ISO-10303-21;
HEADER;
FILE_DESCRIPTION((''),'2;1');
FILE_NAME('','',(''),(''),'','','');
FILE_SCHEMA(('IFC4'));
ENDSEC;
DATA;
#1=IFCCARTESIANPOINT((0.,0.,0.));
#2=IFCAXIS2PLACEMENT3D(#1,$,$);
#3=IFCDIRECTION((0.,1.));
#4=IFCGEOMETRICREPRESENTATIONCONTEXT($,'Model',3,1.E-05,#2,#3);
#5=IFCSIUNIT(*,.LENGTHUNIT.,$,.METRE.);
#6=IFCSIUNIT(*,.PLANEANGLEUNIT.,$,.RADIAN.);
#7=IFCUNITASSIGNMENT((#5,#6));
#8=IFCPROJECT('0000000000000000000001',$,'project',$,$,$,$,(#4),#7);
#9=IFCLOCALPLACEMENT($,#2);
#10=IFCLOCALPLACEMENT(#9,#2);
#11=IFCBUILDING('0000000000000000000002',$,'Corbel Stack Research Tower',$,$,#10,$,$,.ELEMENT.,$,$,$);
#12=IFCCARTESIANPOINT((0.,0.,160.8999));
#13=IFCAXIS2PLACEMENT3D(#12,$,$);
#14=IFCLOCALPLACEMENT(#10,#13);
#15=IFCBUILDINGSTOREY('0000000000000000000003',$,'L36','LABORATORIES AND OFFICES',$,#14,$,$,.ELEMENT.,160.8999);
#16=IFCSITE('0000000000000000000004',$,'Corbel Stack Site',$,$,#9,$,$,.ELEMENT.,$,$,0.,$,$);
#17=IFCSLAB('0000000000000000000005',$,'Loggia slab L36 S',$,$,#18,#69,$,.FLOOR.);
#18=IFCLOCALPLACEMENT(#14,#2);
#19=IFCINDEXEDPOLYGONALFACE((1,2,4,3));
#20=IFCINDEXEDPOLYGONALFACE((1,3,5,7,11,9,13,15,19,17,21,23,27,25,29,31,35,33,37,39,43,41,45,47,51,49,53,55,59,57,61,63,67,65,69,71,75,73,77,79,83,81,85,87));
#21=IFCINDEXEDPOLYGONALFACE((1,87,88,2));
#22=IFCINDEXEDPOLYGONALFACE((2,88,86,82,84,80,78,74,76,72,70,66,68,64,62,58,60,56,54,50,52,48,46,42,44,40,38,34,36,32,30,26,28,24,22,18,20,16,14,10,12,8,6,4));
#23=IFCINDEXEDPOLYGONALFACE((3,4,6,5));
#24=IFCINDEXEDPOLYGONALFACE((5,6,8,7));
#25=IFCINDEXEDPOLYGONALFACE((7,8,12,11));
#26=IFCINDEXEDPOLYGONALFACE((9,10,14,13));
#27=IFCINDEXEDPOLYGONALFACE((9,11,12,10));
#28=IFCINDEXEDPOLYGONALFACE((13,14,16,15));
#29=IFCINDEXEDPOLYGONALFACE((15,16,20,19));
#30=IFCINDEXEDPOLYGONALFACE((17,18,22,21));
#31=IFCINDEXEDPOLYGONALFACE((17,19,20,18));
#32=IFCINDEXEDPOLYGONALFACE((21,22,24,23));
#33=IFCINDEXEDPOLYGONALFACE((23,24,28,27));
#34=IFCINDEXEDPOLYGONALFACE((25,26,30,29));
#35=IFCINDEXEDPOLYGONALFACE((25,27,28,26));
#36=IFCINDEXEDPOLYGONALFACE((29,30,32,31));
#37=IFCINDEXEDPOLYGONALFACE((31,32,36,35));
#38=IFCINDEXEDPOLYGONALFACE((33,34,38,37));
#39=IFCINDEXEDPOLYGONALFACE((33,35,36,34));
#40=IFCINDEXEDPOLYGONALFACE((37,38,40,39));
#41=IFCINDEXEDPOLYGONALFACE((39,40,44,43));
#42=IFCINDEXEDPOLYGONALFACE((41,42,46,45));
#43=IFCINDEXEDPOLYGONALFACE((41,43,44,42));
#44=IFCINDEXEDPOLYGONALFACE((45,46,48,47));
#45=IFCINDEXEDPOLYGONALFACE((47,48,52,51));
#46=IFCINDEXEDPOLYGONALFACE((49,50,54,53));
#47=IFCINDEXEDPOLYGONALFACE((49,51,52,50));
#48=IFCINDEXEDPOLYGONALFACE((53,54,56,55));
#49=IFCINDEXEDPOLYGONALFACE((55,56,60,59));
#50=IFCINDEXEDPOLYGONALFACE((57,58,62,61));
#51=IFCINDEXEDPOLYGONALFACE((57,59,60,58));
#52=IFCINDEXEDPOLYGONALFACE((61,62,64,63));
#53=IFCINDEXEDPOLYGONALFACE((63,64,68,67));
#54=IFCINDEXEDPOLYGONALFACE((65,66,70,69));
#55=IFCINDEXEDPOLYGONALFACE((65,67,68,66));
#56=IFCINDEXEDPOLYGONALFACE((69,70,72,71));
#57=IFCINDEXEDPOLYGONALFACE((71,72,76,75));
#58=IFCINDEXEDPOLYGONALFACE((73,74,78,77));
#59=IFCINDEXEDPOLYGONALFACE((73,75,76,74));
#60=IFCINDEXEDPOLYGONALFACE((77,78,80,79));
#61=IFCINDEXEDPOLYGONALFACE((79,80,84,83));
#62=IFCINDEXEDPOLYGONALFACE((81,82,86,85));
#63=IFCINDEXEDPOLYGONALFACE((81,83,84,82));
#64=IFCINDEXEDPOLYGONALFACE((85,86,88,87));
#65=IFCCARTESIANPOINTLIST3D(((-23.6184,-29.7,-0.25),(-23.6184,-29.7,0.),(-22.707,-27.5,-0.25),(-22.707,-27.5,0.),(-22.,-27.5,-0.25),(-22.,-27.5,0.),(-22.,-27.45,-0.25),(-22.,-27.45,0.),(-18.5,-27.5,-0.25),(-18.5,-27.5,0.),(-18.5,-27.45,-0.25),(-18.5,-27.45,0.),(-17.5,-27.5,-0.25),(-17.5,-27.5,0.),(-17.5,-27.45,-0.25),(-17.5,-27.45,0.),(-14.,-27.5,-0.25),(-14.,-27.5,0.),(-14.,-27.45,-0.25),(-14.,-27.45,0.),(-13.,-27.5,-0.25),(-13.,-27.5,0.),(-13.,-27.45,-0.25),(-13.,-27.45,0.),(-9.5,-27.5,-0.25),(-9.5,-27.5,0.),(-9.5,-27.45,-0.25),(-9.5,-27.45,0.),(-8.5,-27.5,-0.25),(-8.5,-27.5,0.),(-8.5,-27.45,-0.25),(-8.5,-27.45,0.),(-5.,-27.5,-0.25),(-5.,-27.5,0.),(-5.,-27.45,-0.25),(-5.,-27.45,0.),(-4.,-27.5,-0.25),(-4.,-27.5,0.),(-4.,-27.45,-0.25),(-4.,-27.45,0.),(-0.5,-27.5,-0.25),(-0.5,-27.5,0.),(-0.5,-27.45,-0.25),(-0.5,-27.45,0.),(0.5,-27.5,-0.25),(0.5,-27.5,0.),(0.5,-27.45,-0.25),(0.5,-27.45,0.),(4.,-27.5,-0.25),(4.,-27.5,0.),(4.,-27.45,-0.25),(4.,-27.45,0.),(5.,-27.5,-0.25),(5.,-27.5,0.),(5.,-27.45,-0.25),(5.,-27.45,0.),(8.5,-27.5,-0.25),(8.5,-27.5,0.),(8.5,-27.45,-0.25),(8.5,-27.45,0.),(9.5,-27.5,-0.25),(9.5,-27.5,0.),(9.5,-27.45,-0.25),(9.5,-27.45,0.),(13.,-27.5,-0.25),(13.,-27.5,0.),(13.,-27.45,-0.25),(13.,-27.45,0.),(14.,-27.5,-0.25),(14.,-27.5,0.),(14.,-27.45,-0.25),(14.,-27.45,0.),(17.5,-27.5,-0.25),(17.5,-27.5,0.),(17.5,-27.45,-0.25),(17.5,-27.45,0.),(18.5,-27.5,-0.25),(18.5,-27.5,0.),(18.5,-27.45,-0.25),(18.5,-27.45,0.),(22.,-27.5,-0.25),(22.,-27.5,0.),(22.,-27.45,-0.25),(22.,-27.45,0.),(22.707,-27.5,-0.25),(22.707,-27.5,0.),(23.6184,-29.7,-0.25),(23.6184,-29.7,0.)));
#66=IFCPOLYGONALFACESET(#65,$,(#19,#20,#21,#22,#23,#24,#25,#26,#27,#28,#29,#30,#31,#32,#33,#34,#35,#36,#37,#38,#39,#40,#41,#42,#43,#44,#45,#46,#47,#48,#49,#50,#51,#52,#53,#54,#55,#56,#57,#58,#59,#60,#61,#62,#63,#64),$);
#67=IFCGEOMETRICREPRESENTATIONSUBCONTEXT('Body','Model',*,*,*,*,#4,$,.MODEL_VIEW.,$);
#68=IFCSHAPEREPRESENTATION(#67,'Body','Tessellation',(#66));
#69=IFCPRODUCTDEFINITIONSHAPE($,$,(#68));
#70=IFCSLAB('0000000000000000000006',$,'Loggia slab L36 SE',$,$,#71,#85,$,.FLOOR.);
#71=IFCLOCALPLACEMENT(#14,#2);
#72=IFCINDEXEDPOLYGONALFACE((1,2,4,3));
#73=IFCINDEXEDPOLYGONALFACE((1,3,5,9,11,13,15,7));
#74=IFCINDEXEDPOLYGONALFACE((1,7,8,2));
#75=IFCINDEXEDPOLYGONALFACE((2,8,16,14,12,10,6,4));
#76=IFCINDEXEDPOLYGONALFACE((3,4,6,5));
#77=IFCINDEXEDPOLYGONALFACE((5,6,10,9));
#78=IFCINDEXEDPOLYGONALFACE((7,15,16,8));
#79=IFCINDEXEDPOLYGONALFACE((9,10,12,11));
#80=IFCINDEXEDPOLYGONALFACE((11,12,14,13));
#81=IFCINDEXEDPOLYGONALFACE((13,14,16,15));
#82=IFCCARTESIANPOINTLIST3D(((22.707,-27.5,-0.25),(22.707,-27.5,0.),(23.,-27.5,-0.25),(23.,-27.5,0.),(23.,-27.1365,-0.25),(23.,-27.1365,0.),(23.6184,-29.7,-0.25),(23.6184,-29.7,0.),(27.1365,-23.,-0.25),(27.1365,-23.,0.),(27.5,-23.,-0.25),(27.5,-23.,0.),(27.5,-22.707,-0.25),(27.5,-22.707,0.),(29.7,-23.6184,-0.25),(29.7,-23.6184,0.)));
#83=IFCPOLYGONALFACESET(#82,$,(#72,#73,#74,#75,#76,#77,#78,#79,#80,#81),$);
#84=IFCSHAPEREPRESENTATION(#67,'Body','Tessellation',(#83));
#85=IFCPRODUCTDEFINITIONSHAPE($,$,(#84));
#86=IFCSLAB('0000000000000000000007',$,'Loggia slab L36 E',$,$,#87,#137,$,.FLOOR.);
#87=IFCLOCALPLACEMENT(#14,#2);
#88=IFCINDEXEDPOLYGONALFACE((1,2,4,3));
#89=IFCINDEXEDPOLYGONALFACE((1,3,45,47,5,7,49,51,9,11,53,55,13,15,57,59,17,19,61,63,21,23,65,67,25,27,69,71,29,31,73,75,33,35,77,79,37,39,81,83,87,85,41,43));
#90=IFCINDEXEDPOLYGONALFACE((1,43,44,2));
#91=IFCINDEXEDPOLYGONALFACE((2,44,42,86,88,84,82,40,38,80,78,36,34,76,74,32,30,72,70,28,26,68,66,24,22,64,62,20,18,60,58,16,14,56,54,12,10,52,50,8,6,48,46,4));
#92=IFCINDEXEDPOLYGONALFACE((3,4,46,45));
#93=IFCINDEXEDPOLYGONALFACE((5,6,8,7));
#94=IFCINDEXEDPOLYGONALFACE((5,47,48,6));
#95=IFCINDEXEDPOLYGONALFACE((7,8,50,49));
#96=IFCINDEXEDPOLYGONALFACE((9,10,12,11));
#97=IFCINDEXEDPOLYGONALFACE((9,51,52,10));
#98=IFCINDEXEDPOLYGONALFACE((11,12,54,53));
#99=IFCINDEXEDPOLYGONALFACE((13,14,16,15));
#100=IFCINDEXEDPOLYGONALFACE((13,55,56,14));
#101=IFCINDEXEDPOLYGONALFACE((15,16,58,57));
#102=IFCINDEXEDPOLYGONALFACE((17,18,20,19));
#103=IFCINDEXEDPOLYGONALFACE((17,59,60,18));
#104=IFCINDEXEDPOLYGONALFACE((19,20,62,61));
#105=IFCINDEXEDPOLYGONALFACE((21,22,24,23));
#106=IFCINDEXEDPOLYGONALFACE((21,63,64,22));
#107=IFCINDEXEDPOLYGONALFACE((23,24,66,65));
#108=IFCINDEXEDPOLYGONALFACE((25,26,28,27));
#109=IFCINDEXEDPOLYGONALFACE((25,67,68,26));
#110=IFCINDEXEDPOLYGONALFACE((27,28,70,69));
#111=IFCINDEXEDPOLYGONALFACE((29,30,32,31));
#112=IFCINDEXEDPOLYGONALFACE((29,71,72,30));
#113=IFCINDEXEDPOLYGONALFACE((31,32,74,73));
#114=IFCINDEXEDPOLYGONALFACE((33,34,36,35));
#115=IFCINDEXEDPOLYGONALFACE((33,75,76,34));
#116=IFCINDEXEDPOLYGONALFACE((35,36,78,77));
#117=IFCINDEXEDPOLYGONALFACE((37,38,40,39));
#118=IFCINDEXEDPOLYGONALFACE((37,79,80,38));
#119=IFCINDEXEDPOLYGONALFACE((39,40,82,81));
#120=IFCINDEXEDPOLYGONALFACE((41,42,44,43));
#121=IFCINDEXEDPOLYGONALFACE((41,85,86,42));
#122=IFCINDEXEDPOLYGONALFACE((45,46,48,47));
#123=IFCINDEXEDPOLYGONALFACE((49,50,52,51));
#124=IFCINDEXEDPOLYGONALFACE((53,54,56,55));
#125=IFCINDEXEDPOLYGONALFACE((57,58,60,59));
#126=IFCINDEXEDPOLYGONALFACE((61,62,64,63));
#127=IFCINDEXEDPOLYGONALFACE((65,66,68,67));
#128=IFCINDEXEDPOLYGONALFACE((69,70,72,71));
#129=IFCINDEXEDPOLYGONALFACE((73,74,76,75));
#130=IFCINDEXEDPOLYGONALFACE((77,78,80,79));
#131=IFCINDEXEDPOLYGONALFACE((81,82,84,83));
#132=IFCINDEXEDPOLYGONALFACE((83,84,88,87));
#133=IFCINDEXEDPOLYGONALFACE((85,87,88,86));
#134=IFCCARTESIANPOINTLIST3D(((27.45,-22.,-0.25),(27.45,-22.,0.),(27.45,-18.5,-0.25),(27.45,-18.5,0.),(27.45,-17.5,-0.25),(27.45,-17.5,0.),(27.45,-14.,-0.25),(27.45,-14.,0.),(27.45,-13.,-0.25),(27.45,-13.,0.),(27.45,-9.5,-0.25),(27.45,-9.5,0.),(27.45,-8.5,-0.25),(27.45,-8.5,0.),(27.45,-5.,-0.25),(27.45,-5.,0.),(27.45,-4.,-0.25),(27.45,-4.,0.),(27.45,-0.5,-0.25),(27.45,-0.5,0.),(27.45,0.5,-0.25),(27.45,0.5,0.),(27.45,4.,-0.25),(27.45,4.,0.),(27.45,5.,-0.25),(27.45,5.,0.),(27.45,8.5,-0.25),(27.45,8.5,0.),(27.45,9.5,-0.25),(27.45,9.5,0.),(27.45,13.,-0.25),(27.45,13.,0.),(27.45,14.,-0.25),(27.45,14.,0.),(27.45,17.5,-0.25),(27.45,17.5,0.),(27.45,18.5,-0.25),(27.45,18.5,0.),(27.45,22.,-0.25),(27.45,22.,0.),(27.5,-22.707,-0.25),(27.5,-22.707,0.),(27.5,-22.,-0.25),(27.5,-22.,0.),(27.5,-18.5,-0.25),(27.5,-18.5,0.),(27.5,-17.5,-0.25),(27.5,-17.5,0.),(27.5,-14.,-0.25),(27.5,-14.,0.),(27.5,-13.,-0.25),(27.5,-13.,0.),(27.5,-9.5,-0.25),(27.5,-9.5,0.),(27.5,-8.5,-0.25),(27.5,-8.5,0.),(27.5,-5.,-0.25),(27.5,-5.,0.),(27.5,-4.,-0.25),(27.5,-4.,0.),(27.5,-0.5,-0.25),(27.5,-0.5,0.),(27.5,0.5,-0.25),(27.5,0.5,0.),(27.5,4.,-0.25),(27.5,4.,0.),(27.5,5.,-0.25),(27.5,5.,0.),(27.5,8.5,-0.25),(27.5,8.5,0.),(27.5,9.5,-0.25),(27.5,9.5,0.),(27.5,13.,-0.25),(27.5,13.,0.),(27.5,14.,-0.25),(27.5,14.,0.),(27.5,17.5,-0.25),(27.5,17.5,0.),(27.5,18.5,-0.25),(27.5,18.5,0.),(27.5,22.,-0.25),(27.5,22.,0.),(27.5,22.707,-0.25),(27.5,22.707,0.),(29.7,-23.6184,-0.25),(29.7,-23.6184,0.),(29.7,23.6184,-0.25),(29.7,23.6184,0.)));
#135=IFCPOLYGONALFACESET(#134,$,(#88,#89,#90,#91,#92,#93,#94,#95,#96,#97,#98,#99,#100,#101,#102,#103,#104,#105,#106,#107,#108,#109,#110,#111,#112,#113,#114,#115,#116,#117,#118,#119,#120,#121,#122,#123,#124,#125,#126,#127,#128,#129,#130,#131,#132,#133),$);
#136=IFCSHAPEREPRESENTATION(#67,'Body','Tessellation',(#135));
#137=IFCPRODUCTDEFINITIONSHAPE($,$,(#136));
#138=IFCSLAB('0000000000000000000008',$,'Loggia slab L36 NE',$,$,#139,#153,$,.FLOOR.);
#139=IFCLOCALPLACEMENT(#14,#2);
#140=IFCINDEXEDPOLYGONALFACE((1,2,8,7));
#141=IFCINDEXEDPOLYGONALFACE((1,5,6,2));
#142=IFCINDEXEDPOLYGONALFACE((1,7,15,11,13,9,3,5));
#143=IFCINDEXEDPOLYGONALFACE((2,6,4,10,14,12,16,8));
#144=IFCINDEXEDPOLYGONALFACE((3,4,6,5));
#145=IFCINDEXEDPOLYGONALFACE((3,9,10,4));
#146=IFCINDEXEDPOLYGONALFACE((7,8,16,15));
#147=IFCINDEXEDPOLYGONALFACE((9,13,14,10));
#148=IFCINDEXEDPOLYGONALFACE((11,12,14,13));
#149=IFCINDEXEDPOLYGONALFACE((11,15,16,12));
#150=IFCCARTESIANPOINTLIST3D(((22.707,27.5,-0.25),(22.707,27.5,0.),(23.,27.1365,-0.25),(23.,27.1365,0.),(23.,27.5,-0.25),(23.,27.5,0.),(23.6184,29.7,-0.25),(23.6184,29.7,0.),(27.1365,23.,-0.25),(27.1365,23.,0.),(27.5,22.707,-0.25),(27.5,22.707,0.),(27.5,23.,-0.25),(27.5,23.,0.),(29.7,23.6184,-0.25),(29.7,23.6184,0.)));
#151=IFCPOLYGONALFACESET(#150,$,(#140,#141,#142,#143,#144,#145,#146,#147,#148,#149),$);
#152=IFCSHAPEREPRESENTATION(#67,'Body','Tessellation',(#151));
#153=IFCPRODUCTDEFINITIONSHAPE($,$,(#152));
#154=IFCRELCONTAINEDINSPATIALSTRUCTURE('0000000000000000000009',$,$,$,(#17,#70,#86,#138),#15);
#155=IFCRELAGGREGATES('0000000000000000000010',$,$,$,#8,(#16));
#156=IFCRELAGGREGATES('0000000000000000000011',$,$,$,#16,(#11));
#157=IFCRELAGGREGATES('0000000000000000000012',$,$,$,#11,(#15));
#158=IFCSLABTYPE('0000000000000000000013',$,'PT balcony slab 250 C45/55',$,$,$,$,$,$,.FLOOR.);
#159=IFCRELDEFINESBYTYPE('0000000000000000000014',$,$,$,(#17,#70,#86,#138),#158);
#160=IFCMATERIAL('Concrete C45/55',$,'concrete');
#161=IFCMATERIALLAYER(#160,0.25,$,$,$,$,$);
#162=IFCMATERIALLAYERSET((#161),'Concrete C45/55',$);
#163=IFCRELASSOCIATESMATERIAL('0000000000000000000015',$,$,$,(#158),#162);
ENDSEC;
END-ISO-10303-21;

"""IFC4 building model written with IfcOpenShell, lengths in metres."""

from ifc_helpers import new_model, si_unit, direction, frame, origin, place, context, subcontext, project, spatial, polyline, outline, extrude, material, layer, layer_set, type_object, element, save


model = new_model("IFC4")

# Units and contexts
model_context = context("Model", 3, precision=1e-05, world=origin(), true_north=direction((0.0, 1.0)))
body_context = subcontext(model_context, "Body", "Model", "MODEL_VIEW")
ifc_project = project(units=[si_unit("LENGTHUNIT", "METRE"), si_unit("PLANEANGLEUNIT", "RADIAN")], contexts=[model_context])

# Site, building, storey
site_placement = place(None, origin())
site = spatial("IfcSite", under=ifc_project, at=site_placement, Name="Corbel Stack Site", CompositionType="ELEMENT", RefElevation=0.0)
building_placement = place(site_placement, origin())
building = spatial("IfcBuilding", under=site, at=building_placement, Name="Corbel Stack Research Tower", CompositionType="ELEMENT")
storey_placement = place(building_placement, frame((0.0, 0.0, 160.8999)))
storey = spatial("IfcBuildingStorey", under=building, at=storey_placement, Name="L36", Description="LABORATORIES AND OFFICES", CompositionType="ELEMENT", Elevation=160.8999)

# Slabs
ifc_material_1 = material(Name="Concrete C45/55", Category="concrete")
ifc_layer_1 = layer(ifc_material_1, 0.25)
ifc_layer_set_1 = layer_set([ifc_layer_1], Name="Concrete C45/55")
slab_type_1 = type_object("IfcSlabType", Name="PT balcony slab 250 C45/55", PredefinedType="FLOOR", material=ifc_layer_set_1)
slab_1_placement = place(storey_placement, frame((0.0, 0.0, -0.25)))
element("IfcSlab", 1, at=slab_1_placement, inside=storey, type_object=slab_type_1, Name="Loggia slab L36 S", PredefinedType="FLOOR", context=body_context, shape_type="SweptSolid", body=[
    extrude(outline(polyline([(22.707, -27.5), (22.0, -27.5), (22.0, -27.45), (18.5, -27.45), (18.5, -27.5), (17.5, -27.5), (17.5, -27.45), (14.0, -27.45), (14.0, -27.5), (13.0, -27.5), (13.0, -27.45), (9.5, -27.45), (9.5, -27.5), (8.5, -27.5), (8.5, -27.45), (5.0, -27.45), (5.0, -27.5), (4.0, -27.5), (4.0, -27.45), (0.5, -27.45), (0.5, -27.5), (-0.5, -27.5), (-0.5, -27.45), (-4.0, -27.45), (-4.0, -27.5), (-5.0, -27.5), (-5.0, -27.45), (-8.5, -27.45), (-8.5, -27.5), (-9.5, -27.5), (-9.5, -27.45), (-13.0, -27.45), (-13.0, -27.5), (-14.0, -27.5), (-14.0, -27.45), (-17.5, -27.45), (-17.5, -27.5), (-18.5, -27.5), (-18.5, -27.45), (-22.0, -27.45), (-22.0, -27.5), (-22.707, -27.5), (-23.6184, -29.7), (23.6184, -29.7), (22.707, -27.5)])), origin(), (0.0, 0.0, 1.0), 0.25),
])
slab_2_placement = place(storey_placement, frame((0.0, 0.0, -0.25)))
element("IfcSlab", 2, at=slab_2_placement, inside=storey, type_object=slab_type_1, Name="Loggia slab L36 SE", PredefinedType="FLOOR", context=body_context, shape_type="SweptSolid", body=[
    extrude(outline(polyline([(27.5, -22.707), (27.5, -23.0), (27.1365, -23.0), (23.0, -27.1365), (23.0, -27.5), (22.707, -27.5), (23.6184, -29.7), (29.7, -23.6184), (27.5, -22.707)])), origin(), (0.0, 0.0, 1.0), 0.25),
])
slab_3_placement = place(storey_placement, frame((0.0, 0.0, -0.25)))
element("IfcSlab", 3, at=slab_3_placement, inside=storey, type_object=slab_type_1, Name="Loggia slab L36 E", PredefinedType="FLOOR", context=body_context, shape_type="SweptSolid", body=[
    extrude(outline(polyline([(27.5, 22.707), (27.5, 22.0), (27.45, 22.0), (27.45, 18.5), (27.5, 18.5), (27.5, 17.5), (27.45, 17.5), (27.45, 14.0), (27.5, 14.0), (27.5, 13.0), (27.45, 13.0), (27.45, 9.5), (27.5, 9.5), (27.5, 8.5), (27.45, 8.5), (27.45, 5.0), (27.5, 5.0), (27.5, 4.0), (27.45, 4.0), (27.45, 0.5), (27.5, 0.5), (27.5, -0.5), (27.45, -0.5), (27.45, -4.0), (27.5, -4.0), (27.5, -5.0), (27.45, -5.0), (27.45, -8.5), (27.5, -8.5), (27.5, -9.5), (27.45, -9.5), (27.45, -13.0), (27.5, -13.0), (27.5, -14.0), (27.45, -14.0), (27.45, -17.5), (27.5, -17.5), (27.5, -18.5), (27.45, -18.5), (27.45, -22.0), (27.5, -22.0), (27.5, -22.707), (29.7, -23.6184), (29.7, 23.6184), (27.5, 22.707)])), origin(), (0.0, 0.0, 1.0), 0.25),
])
slab_4_placement = place(storey_placement, frame((0.0, 0.0, -0.25)))
element("IfcSlab", 4, at=slab_4_placement, inside=storey, type_object=slab_type_1, Name="Loggia slab L36 NE", PredefinedType="FLOOR", context=body_context, shape_type="SweptSolid", body=[
    extrude(outline(polyline([(22.707, 27.5), (23.0, 27.5), (23.0, 27.1365), (27.1365, 23.0), (27.5, 23.0), (27.5, 22.707), (29.7, 23.6184), (23.6184, 29.7), (22.707, 27.5)])), origin(), (0.0, 0.0, 1.0), 0.25),
])

save(model, "model.ifc")
